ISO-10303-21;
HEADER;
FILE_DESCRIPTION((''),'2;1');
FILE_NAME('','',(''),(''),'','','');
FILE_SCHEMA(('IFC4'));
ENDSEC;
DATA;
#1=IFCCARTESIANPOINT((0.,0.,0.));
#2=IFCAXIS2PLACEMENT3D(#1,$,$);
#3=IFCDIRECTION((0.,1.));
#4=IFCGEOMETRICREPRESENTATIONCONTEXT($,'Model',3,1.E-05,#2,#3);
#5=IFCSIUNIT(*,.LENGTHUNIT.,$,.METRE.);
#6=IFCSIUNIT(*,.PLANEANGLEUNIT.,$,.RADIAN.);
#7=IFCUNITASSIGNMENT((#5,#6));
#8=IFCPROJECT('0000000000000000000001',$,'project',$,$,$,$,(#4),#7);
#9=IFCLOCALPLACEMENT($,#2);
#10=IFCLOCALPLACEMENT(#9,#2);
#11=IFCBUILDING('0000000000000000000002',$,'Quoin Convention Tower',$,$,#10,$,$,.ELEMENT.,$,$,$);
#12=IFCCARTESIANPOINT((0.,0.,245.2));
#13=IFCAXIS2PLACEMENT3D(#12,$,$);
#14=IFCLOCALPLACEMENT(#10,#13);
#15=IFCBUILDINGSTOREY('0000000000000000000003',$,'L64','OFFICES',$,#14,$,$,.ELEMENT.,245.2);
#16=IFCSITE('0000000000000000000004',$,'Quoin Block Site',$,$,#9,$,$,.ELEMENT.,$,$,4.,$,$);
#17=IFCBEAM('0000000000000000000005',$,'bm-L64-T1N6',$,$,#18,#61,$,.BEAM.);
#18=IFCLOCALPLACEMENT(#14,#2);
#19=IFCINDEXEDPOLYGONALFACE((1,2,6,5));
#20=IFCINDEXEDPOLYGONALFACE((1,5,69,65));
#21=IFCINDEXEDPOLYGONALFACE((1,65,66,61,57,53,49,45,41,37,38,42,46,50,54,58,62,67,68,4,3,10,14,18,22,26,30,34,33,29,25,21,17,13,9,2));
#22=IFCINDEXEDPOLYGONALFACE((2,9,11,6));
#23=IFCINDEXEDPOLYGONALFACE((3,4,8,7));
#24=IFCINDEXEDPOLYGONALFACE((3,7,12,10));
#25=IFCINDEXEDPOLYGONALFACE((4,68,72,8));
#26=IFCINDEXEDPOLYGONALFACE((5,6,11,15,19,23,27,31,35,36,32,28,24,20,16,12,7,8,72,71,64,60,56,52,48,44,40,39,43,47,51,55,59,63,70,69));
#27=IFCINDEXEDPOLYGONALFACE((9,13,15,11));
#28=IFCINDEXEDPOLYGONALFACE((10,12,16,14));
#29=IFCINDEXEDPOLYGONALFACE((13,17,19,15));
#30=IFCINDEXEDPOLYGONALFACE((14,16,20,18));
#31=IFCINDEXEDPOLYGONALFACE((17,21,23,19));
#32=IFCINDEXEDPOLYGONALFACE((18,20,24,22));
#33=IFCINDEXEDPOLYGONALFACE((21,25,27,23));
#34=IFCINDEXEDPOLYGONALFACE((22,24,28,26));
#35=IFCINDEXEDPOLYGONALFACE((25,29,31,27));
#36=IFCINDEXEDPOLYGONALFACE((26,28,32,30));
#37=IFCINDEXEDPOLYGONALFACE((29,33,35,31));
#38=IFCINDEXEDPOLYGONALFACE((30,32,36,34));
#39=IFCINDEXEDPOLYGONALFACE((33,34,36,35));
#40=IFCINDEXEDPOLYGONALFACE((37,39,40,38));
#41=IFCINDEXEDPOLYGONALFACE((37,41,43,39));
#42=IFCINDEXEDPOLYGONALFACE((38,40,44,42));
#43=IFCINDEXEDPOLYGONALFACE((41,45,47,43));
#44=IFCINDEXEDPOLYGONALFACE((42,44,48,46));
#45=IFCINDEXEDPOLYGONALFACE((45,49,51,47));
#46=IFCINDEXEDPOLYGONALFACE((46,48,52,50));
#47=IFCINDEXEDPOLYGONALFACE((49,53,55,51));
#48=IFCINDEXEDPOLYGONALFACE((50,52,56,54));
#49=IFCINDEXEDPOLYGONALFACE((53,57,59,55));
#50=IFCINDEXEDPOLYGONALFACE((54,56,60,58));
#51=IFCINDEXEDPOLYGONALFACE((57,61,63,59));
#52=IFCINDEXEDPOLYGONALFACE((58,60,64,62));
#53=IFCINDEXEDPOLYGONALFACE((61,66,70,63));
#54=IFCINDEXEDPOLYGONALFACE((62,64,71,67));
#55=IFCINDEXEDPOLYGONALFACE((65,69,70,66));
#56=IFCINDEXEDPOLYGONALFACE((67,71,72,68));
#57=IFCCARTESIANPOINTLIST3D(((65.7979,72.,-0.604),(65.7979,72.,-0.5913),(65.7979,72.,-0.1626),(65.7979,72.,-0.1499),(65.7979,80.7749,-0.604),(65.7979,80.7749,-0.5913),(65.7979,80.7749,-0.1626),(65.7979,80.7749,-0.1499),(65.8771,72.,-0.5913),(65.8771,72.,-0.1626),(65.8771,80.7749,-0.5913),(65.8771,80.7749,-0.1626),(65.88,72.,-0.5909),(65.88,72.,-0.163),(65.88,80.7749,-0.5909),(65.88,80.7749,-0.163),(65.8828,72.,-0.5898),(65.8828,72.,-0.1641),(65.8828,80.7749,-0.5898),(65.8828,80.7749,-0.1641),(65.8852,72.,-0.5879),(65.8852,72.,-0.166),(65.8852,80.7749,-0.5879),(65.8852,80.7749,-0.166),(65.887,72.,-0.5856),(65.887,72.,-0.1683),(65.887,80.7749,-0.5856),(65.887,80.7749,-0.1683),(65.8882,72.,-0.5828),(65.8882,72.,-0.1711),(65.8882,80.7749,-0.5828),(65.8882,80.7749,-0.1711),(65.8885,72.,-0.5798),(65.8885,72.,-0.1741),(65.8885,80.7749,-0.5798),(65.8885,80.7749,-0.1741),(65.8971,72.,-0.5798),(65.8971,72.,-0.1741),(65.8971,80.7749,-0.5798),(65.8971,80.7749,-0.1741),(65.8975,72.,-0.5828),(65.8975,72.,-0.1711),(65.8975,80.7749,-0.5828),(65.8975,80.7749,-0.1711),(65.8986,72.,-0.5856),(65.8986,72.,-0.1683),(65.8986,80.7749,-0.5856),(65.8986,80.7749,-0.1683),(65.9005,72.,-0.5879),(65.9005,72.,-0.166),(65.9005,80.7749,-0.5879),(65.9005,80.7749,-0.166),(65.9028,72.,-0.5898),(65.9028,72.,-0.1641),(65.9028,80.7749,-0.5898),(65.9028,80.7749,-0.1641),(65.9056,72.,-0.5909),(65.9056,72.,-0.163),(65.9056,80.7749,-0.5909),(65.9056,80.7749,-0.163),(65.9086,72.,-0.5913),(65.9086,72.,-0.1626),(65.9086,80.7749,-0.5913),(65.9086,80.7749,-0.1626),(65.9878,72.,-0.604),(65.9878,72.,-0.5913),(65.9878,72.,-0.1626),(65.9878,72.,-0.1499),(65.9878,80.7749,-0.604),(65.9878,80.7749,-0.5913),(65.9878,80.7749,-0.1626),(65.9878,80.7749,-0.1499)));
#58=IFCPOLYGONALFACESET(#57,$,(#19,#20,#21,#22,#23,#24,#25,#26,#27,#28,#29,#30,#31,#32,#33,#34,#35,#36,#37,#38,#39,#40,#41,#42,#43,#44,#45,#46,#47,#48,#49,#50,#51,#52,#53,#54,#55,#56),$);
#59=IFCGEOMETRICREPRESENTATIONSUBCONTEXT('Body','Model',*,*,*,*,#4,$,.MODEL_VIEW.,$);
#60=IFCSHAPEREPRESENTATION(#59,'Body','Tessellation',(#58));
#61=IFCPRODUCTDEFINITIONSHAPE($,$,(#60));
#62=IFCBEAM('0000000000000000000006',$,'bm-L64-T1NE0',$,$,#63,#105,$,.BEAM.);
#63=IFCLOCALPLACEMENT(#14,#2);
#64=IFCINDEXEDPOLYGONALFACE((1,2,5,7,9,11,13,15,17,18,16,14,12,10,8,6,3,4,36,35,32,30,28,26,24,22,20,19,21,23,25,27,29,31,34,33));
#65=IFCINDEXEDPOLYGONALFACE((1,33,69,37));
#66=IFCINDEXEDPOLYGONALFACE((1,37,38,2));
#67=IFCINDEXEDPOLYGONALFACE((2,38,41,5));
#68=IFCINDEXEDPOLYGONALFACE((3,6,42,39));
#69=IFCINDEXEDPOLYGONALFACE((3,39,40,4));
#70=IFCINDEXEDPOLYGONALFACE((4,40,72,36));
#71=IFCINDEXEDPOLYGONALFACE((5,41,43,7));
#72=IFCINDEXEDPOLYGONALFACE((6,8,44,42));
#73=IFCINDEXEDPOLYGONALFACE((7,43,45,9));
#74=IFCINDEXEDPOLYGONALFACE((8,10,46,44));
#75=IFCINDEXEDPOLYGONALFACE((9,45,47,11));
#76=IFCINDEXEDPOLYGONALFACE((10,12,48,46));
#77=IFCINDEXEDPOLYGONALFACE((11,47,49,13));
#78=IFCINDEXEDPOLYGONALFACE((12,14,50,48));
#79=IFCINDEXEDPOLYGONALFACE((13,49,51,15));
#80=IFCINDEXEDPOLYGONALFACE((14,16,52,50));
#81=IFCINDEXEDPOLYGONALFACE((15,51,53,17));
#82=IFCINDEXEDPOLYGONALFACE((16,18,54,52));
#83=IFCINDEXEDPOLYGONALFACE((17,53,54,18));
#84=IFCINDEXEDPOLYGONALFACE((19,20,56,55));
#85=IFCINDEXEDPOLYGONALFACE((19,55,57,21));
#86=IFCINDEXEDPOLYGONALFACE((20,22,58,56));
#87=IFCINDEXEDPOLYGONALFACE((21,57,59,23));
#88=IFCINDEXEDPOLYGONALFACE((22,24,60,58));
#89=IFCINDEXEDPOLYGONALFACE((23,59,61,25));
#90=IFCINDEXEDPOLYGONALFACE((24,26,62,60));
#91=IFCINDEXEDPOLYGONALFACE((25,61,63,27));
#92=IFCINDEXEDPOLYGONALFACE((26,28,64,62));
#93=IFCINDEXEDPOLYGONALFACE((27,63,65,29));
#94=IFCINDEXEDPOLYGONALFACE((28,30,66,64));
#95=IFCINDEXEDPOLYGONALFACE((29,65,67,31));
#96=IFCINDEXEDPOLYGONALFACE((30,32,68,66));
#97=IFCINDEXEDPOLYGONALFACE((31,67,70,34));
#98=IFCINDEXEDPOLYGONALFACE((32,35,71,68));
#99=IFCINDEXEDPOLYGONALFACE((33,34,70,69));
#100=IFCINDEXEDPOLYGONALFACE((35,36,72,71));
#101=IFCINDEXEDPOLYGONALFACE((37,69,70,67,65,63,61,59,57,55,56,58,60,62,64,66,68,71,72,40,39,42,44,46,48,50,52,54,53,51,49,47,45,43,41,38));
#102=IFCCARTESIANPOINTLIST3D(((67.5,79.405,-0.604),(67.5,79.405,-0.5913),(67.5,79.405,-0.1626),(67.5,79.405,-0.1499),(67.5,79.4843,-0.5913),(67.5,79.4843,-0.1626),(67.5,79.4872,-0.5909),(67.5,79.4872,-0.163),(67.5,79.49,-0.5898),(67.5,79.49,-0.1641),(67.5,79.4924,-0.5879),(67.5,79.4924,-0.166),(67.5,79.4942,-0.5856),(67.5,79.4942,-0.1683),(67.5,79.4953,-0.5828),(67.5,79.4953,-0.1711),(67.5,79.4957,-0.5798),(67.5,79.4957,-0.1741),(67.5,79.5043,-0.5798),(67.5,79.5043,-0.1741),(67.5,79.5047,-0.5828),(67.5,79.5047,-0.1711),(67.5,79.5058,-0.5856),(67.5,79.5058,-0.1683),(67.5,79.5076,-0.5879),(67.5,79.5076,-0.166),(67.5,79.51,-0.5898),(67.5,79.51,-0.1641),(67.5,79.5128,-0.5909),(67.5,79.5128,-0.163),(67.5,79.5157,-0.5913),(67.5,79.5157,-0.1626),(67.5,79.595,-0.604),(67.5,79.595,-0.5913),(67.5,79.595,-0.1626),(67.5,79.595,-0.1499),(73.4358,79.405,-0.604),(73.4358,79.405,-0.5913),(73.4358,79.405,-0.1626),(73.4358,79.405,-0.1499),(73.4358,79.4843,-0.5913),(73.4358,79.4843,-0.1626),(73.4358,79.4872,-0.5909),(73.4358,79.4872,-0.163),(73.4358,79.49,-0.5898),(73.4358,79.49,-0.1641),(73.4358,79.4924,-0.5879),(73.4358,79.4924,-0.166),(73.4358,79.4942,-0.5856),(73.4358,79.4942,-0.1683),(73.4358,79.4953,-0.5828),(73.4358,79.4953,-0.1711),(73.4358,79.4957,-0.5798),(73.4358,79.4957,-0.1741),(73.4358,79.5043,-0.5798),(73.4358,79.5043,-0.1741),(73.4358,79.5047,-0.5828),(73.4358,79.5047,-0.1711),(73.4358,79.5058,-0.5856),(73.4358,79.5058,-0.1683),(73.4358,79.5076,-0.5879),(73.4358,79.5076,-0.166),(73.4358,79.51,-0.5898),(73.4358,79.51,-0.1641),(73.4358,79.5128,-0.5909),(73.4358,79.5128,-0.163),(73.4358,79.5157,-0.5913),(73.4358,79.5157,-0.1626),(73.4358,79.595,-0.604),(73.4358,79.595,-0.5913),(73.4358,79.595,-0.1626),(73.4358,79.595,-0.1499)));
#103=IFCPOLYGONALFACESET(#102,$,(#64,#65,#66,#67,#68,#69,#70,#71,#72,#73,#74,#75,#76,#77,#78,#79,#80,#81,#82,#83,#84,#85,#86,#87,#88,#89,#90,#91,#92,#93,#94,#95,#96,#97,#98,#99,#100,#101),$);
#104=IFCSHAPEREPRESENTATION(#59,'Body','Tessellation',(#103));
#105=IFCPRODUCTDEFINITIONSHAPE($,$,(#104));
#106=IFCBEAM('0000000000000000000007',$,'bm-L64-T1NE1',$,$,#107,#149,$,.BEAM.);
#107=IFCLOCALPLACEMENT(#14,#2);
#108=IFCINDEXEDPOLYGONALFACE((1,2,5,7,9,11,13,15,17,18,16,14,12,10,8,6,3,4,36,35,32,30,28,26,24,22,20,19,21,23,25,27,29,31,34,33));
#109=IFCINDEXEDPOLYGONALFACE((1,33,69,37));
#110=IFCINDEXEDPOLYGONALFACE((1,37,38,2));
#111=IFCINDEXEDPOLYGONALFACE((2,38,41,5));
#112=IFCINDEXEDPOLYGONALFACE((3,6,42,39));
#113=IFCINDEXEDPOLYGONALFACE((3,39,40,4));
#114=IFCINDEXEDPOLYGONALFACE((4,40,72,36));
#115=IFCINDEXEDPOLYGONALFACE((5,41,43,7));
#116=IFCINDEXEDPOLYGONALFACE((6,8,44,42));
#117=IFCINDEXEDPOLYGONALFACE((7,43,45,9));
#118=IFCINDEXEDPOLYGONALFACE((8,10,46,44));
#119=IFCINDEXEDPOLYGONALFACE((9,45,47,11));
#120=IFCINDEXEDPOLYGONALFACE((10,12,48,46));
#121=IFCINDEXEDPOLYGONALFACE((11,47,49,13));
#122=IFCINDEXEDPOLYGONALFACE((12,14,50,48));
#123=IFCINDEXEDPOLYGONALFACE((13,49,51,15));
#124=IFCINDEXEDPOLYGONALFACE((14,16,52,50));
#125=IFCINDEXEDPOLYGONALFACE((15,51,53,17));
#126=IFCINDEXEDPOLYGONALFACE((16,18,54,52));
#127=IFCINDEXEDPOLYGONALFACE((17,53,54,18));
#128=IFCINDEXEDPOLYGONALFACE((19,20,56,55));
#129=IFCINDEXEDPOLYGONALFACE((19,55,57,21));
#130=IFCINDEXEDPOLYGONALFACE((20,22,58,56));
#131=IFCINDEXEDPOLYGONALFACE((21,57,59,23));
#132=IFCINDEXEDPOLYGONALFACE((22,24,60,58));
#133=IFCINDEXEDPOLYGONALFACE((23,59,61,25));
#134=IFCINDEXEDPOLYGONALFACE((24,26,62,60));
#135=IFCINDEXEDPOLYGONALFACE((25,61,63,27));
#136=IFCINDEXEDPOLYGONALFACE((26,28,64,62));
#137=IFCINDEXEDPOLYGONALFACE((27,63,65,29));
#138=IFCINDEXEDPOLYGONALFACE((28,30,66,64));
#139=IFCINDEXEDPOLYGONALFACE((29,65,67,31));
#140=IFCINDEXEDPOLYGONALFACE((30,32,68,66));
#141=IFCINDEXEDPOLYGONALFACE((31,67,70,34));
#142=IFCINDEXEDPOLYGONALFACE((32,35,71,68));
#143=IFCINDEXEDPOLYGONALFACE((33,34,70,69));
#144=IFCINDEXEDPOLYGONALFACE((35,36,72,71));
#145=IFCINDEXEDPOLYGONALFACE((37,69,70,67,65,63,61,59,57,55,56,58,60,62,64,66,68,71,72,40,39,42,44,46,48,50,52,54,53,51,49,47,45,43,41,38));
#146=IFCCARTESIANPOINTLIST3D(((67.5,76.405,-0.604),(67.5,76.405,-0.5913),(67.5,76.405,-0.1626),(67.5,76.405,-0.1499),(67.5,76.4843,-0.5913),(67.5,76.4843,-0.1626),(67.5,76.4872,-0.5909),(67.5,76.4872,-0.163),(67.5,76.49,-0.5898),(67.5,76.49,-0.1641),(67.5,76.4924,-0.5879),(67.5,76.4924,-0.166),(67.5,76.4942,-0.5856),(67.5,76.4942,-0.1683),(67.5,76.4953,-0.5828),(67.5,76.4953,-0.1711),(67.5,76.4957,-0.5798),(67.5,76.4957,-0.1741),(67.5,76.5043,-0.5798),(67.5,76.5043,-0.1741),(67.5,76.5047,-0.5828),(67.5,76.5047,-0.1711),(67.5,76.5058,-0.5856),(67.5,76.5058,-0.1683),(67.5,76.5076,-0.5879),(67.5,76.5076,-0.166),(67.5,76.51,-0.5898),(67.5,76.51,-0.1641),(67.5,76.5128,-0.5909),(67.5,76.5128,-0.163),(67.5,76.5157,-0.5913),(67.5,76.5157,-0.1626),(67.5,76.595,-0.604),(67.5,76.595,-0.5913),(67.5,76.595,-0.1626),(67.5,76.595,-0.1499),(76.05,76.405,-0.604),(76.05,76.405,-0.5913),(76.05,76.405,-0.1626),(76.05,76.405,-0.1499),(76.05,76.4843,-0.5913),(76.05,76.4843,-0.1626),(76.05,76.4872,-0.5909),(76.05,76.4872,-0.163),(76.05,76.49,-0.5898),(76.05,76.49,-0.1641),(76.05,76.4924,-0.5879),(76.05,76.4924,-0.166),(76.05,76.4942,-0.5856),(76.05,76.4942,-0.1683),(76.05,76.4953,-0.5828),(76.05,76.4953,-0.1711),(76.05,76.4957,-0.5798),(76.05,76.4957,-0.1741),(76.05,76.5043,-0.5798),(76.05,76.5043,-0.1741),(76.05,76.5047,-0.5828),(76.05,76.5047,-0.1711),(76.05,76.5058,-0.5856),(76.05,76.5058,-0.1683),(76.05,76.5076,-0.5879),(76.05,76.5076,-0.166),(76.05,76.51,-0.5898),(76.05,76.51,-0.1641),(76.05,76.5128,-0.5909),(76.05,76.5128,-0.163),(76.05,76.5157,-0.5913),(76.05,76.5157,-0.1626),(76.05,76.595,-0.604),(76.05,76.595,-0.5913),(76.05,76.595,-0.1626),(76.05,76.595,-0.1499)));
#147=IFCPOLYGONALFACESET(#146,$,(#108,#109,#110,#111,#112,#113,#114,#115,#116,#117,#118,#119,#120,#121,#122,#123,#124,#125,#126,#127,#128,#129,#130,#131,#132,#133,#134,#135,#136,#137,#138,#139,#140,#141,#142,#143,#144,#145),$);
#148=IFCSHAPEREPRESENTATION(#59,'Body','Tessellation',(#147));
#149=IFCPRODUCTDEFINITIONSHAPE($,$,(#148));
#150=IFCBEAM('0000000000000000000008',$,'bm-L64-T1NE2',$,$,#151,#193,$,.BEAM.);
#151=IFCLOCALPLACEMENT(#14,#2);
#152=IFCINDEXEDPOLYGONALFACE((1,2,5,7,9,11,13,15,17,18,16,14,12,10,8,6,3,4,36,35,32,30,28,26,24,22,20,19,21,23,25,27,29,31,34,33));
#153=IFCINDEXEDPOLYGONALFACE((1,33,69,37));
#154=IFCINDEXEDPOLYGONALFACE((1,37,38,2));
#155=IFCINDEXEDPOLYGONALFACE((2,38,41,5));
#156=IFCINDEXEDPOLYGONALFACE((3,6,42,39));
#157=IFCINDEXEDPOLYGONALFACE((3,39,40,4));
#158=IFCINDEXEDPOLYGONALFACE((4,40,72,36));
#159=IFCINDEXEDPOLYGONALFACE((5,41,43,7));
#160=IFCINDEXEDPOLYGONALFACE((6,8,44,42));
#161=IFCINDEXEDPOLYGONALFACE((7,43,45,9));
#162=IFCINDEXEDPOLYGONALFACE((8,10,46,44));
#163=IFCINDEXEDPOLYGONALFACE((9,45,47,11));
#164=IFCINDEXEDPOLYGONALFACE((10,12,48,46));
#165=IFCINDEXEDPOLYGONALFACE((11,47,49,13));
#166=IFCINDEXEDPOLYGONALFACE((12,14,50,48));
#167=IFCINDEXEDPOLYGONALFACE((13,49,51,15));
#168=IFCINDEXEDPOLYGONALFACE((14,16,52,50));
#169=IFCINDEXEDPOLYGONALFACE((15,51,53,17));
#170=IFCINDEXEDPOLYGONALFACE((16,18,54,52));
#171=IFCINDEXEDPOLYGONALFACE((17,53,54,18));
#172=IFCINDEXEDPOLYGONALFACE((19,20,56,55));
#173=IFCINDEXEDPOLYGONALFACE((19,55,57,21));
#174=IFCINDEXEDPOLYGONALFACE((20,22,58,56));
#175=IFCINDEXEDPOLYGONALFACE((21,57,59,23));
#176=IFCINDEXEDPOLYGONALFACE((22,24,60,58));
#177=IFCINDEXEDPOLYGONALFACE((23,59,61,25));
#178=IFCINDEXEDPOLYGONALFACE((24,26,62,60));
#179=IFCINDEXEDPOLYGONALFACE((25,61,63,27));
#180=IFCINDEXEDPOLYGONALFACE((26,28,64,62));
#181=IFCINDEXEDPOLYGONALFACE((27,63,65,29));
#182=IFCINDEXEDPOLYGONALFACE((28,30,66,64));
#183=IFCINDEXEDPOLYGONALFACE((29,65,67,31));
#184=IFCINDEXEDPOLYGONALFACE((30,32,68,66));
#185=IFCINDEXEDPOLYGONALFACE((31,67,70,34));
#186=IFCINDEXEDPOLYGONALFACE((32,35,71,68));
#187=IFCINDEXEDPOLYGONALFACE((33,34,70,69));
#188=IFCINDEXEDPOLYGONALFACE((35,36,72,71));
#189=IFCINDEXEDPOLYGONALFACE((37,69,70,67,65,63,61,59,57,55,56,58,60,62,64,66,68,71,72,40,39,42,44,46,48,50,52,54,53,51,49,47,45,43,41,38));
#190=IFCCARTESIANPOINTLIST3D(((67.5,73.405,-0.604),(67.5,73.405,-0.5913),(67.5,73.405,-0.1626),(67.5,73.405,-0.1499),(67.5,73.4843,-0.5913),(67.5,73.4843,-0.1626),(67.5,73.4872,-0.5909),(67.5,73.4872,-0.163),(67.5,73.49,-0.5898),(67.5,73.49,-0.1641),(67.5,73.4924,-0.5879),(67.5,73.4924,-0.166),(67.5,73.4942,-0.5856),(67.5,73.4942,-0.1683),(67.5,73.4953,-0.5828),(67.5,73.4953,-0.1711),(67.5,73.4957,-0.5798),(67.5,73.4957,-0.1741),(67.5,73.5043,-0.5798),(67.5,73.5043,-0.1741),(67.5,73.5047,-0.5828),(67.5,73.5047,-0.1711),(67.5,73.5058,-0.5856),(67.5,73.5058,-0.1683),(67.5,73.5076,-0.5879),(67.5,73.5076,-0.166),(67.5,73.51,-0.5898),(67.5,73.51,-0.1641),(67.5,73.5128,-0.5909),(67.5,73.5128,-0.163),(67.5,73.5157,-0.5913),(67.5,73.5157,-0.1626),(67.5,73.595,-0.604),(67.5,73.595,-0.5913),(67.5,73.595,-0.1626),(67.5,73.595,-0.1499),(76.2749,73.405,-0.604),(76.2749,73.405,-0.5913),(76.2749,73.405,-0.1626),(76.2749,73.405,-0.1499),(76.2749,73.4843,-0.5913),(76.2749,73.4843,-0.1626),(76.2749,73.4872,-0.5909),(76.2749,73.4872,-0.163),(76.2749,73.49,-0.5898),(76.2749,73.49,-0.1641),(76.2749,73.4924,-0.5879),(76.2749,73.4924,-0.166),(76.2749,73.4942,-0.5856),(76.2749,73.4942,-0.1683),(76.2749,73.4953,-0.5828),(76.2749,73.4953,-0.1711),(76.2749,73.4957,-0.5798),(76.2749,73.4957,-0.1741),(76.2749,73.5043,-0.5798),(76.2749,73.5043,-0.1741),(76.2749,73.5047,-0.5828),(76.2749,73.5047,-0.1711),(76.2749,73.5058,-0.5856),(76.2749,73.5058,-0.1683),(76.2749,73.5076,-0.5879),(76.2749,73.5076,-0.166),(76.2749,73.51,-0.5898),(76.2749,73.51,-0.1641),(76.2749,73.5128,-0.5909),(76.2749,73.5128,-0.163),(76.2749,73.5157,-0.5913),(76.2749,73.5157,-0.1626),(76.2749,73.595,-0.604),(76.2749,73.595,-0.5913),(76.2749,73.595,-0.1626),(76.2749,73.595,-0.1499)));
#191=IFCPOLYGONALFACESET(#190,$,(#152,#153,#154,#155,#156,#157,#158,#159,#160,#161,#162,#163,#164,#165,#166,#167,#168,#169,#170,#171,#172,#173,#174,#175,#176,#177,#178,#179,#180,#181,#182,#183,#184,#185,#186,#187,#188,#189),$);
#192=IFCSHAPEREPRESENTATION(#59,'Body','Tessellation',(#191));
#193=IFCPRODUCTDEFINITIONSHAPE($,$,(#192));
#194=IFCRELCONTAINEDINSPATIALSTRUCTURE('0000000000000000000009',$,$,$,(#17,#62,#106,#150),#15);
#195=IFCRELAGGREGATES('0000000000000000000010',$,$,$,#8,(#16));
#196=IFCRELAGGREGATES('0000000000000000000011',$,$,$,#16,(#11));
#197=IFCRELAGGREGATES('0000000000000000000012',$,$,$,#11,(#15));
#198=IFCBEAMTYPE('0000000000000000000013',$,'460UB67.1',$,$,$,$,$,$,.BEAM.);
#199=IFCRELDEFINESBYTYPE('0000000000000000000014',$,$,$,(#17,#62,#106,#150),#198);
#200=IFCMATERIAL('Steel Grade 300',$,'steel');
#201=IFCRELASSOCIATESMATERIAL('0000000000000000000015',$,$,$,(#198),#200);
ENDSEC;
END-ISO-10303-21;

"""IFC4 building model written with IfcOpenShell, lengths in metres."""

from ifc_helpers import new_model, si_unit, direction, frame, origin, origin_2d, place, context, subcontext, project, spatial, i_section, extrude, material, material_profile, profile_set, type_object, element, save


model = new_model("IFC4")

# Units and contexts
model_context = context("Model", 3, precision=1e-05, world=origin(), true_north=direction((0.0, 1.0)))
body_context = subcontext(model_context, "Body", "Model", "MODEL_VIEW")
ifc_project = project(units=[si_unit("LENGTHUNIT", "METRE"), si_unit("PLANEANGLEUNIT", "RADIAN")], contexts=[model_context])

# Site, building, storey
site_placement = place(None, origin())
site = spatial("IfcSite", under=ifc_project, at=site_placement, Name="Quoin Block Site", CompositionType="ELEMENT", RefElevation=4.0)
building_placement = place(site_placement, origin())
building = spatial("IfcBuilding", under=site, at=building_placement, Name="Quoin Convention Tower", CompositionType="ELEMENT")
storey_placement = place(building_placement, frame((0.0, 0.0, 245.2)))
storey = spatial("IfcBuildingStorey", under=building, at=storey_placement, Name="L64", Description="OFFICES", CompositionType="ELEMENT", Elevation=245.2)

# Beams
ifc_material_1 = material(Name="Steel Grade 300", Category="steel")
ifc_material_profile_1 = material_profile(ifc_material_1, i_section(OverallWidth=0.1899, OverallDepth=0.4541, WebThickness=0.0085, FlangeThickness=0.0127, FilletRadius=0.0115, at=origin_2d()), Name="460UB67.1")
ifc_profile_set_1 = profile_set([ifc_material_profile_1], Name="Steel Grade 300")
beam_type_1 = type_object("IfcBeamType", Name="460UB67.1", PredefinedType="BEAM", material=ifc_profile_set_1)
beam_1_placement = place(storey_placement, frame((65.8928, 72.0, -0.377), z_axis=(0.0, 1.0, 0.0), x_axis=(-1.0, 0.0, 0.0)))
element("IfcBeam", 1, at=beam_1_placement, inside=storey, type_object=beam_type_1, Name="bm-L64-T1N6", PredefinedType="BEAM", context=body_context, shape_type="SweptSolid", body=[
    extrude(i_section(OverallWidth=0.1899, OverallDepth=0.4541, WebThickness=0.0085, FlangeThickness=0.0127, FilletRadius=0.0115, at=origin_2d()), origin(), (0.0, 0.0, 1.0), 8.7749),
])
beam_2_placement = place(storey_placement, frame((67.5, 79.5, -0.377), z_axis=(1.0, 0.0, 0.0), x_axis=(0.0, 1.0, 0.0)))
element("IfcBeam", 2, at=beam_2_placement, inside=storey, type_object=beam_type_1, Name="bm-L64-T1NE0", PredefinedType="BEAM", context=body_context, shape_type="SweptSolid", body=[
    extrude(i_section(OverallWidth=0.1899, OverallDepth=0.4541, WebThickness=0.0085, FlangeThickness=0.0127, FilletRadius=0.0115, at=origin_2d()), origin(), (0.0, 0.0, 1.0), 5.9358),
])
beam_3_placement = place(storey_placement, frame((67.5, 76.5, -0.377), z_axis=(1.0, 0.0, 0.0), x_axis=(0.0, 1.0, 0.0)))
element("IfcBeam", 3, at=beam_3_placement, inside=storey, type_object=beam_type_1, Name="bm-L64-T1NE1", PredefinedType="BEAM", context=body_context, shape_type="SweptSolid", body=[
    extrude(i_section(OverallWidth=0.1899, OverallDepth=0.4541, WebThickness=0.0085, FlangeThickness=0.0127, FilletRadius=0.0115, at=origin_2d()), origin(), (0.0, 0.0, 1.0), 8.55),
])
beam_4_placement = place(storey_placement, frame((67.5, 73.5, -0.377), z_axis=(1.0, 0.0, 0.0), x_axis=(0.0, 1.0, 0.0)))
element("IfcBeam", 4, at=beam_4_placement, inside=storey, type_object=beam_type_1, Name="bm-L64-T1NE2", PredefinedType="BEAM", context=body_context, shape_type="SweptSolid", body=[
    extrude(i_section(OverallWidth=0.1899, OverallDepth=0.4541, WebThickness=0.0085, FlangeThickness=0.0127, FilletRadius=0.0115, at=origin_2d()), origin(), (0.0, 0.0, 1.0), 8.7749),
])

save(model, "model.ifc")
